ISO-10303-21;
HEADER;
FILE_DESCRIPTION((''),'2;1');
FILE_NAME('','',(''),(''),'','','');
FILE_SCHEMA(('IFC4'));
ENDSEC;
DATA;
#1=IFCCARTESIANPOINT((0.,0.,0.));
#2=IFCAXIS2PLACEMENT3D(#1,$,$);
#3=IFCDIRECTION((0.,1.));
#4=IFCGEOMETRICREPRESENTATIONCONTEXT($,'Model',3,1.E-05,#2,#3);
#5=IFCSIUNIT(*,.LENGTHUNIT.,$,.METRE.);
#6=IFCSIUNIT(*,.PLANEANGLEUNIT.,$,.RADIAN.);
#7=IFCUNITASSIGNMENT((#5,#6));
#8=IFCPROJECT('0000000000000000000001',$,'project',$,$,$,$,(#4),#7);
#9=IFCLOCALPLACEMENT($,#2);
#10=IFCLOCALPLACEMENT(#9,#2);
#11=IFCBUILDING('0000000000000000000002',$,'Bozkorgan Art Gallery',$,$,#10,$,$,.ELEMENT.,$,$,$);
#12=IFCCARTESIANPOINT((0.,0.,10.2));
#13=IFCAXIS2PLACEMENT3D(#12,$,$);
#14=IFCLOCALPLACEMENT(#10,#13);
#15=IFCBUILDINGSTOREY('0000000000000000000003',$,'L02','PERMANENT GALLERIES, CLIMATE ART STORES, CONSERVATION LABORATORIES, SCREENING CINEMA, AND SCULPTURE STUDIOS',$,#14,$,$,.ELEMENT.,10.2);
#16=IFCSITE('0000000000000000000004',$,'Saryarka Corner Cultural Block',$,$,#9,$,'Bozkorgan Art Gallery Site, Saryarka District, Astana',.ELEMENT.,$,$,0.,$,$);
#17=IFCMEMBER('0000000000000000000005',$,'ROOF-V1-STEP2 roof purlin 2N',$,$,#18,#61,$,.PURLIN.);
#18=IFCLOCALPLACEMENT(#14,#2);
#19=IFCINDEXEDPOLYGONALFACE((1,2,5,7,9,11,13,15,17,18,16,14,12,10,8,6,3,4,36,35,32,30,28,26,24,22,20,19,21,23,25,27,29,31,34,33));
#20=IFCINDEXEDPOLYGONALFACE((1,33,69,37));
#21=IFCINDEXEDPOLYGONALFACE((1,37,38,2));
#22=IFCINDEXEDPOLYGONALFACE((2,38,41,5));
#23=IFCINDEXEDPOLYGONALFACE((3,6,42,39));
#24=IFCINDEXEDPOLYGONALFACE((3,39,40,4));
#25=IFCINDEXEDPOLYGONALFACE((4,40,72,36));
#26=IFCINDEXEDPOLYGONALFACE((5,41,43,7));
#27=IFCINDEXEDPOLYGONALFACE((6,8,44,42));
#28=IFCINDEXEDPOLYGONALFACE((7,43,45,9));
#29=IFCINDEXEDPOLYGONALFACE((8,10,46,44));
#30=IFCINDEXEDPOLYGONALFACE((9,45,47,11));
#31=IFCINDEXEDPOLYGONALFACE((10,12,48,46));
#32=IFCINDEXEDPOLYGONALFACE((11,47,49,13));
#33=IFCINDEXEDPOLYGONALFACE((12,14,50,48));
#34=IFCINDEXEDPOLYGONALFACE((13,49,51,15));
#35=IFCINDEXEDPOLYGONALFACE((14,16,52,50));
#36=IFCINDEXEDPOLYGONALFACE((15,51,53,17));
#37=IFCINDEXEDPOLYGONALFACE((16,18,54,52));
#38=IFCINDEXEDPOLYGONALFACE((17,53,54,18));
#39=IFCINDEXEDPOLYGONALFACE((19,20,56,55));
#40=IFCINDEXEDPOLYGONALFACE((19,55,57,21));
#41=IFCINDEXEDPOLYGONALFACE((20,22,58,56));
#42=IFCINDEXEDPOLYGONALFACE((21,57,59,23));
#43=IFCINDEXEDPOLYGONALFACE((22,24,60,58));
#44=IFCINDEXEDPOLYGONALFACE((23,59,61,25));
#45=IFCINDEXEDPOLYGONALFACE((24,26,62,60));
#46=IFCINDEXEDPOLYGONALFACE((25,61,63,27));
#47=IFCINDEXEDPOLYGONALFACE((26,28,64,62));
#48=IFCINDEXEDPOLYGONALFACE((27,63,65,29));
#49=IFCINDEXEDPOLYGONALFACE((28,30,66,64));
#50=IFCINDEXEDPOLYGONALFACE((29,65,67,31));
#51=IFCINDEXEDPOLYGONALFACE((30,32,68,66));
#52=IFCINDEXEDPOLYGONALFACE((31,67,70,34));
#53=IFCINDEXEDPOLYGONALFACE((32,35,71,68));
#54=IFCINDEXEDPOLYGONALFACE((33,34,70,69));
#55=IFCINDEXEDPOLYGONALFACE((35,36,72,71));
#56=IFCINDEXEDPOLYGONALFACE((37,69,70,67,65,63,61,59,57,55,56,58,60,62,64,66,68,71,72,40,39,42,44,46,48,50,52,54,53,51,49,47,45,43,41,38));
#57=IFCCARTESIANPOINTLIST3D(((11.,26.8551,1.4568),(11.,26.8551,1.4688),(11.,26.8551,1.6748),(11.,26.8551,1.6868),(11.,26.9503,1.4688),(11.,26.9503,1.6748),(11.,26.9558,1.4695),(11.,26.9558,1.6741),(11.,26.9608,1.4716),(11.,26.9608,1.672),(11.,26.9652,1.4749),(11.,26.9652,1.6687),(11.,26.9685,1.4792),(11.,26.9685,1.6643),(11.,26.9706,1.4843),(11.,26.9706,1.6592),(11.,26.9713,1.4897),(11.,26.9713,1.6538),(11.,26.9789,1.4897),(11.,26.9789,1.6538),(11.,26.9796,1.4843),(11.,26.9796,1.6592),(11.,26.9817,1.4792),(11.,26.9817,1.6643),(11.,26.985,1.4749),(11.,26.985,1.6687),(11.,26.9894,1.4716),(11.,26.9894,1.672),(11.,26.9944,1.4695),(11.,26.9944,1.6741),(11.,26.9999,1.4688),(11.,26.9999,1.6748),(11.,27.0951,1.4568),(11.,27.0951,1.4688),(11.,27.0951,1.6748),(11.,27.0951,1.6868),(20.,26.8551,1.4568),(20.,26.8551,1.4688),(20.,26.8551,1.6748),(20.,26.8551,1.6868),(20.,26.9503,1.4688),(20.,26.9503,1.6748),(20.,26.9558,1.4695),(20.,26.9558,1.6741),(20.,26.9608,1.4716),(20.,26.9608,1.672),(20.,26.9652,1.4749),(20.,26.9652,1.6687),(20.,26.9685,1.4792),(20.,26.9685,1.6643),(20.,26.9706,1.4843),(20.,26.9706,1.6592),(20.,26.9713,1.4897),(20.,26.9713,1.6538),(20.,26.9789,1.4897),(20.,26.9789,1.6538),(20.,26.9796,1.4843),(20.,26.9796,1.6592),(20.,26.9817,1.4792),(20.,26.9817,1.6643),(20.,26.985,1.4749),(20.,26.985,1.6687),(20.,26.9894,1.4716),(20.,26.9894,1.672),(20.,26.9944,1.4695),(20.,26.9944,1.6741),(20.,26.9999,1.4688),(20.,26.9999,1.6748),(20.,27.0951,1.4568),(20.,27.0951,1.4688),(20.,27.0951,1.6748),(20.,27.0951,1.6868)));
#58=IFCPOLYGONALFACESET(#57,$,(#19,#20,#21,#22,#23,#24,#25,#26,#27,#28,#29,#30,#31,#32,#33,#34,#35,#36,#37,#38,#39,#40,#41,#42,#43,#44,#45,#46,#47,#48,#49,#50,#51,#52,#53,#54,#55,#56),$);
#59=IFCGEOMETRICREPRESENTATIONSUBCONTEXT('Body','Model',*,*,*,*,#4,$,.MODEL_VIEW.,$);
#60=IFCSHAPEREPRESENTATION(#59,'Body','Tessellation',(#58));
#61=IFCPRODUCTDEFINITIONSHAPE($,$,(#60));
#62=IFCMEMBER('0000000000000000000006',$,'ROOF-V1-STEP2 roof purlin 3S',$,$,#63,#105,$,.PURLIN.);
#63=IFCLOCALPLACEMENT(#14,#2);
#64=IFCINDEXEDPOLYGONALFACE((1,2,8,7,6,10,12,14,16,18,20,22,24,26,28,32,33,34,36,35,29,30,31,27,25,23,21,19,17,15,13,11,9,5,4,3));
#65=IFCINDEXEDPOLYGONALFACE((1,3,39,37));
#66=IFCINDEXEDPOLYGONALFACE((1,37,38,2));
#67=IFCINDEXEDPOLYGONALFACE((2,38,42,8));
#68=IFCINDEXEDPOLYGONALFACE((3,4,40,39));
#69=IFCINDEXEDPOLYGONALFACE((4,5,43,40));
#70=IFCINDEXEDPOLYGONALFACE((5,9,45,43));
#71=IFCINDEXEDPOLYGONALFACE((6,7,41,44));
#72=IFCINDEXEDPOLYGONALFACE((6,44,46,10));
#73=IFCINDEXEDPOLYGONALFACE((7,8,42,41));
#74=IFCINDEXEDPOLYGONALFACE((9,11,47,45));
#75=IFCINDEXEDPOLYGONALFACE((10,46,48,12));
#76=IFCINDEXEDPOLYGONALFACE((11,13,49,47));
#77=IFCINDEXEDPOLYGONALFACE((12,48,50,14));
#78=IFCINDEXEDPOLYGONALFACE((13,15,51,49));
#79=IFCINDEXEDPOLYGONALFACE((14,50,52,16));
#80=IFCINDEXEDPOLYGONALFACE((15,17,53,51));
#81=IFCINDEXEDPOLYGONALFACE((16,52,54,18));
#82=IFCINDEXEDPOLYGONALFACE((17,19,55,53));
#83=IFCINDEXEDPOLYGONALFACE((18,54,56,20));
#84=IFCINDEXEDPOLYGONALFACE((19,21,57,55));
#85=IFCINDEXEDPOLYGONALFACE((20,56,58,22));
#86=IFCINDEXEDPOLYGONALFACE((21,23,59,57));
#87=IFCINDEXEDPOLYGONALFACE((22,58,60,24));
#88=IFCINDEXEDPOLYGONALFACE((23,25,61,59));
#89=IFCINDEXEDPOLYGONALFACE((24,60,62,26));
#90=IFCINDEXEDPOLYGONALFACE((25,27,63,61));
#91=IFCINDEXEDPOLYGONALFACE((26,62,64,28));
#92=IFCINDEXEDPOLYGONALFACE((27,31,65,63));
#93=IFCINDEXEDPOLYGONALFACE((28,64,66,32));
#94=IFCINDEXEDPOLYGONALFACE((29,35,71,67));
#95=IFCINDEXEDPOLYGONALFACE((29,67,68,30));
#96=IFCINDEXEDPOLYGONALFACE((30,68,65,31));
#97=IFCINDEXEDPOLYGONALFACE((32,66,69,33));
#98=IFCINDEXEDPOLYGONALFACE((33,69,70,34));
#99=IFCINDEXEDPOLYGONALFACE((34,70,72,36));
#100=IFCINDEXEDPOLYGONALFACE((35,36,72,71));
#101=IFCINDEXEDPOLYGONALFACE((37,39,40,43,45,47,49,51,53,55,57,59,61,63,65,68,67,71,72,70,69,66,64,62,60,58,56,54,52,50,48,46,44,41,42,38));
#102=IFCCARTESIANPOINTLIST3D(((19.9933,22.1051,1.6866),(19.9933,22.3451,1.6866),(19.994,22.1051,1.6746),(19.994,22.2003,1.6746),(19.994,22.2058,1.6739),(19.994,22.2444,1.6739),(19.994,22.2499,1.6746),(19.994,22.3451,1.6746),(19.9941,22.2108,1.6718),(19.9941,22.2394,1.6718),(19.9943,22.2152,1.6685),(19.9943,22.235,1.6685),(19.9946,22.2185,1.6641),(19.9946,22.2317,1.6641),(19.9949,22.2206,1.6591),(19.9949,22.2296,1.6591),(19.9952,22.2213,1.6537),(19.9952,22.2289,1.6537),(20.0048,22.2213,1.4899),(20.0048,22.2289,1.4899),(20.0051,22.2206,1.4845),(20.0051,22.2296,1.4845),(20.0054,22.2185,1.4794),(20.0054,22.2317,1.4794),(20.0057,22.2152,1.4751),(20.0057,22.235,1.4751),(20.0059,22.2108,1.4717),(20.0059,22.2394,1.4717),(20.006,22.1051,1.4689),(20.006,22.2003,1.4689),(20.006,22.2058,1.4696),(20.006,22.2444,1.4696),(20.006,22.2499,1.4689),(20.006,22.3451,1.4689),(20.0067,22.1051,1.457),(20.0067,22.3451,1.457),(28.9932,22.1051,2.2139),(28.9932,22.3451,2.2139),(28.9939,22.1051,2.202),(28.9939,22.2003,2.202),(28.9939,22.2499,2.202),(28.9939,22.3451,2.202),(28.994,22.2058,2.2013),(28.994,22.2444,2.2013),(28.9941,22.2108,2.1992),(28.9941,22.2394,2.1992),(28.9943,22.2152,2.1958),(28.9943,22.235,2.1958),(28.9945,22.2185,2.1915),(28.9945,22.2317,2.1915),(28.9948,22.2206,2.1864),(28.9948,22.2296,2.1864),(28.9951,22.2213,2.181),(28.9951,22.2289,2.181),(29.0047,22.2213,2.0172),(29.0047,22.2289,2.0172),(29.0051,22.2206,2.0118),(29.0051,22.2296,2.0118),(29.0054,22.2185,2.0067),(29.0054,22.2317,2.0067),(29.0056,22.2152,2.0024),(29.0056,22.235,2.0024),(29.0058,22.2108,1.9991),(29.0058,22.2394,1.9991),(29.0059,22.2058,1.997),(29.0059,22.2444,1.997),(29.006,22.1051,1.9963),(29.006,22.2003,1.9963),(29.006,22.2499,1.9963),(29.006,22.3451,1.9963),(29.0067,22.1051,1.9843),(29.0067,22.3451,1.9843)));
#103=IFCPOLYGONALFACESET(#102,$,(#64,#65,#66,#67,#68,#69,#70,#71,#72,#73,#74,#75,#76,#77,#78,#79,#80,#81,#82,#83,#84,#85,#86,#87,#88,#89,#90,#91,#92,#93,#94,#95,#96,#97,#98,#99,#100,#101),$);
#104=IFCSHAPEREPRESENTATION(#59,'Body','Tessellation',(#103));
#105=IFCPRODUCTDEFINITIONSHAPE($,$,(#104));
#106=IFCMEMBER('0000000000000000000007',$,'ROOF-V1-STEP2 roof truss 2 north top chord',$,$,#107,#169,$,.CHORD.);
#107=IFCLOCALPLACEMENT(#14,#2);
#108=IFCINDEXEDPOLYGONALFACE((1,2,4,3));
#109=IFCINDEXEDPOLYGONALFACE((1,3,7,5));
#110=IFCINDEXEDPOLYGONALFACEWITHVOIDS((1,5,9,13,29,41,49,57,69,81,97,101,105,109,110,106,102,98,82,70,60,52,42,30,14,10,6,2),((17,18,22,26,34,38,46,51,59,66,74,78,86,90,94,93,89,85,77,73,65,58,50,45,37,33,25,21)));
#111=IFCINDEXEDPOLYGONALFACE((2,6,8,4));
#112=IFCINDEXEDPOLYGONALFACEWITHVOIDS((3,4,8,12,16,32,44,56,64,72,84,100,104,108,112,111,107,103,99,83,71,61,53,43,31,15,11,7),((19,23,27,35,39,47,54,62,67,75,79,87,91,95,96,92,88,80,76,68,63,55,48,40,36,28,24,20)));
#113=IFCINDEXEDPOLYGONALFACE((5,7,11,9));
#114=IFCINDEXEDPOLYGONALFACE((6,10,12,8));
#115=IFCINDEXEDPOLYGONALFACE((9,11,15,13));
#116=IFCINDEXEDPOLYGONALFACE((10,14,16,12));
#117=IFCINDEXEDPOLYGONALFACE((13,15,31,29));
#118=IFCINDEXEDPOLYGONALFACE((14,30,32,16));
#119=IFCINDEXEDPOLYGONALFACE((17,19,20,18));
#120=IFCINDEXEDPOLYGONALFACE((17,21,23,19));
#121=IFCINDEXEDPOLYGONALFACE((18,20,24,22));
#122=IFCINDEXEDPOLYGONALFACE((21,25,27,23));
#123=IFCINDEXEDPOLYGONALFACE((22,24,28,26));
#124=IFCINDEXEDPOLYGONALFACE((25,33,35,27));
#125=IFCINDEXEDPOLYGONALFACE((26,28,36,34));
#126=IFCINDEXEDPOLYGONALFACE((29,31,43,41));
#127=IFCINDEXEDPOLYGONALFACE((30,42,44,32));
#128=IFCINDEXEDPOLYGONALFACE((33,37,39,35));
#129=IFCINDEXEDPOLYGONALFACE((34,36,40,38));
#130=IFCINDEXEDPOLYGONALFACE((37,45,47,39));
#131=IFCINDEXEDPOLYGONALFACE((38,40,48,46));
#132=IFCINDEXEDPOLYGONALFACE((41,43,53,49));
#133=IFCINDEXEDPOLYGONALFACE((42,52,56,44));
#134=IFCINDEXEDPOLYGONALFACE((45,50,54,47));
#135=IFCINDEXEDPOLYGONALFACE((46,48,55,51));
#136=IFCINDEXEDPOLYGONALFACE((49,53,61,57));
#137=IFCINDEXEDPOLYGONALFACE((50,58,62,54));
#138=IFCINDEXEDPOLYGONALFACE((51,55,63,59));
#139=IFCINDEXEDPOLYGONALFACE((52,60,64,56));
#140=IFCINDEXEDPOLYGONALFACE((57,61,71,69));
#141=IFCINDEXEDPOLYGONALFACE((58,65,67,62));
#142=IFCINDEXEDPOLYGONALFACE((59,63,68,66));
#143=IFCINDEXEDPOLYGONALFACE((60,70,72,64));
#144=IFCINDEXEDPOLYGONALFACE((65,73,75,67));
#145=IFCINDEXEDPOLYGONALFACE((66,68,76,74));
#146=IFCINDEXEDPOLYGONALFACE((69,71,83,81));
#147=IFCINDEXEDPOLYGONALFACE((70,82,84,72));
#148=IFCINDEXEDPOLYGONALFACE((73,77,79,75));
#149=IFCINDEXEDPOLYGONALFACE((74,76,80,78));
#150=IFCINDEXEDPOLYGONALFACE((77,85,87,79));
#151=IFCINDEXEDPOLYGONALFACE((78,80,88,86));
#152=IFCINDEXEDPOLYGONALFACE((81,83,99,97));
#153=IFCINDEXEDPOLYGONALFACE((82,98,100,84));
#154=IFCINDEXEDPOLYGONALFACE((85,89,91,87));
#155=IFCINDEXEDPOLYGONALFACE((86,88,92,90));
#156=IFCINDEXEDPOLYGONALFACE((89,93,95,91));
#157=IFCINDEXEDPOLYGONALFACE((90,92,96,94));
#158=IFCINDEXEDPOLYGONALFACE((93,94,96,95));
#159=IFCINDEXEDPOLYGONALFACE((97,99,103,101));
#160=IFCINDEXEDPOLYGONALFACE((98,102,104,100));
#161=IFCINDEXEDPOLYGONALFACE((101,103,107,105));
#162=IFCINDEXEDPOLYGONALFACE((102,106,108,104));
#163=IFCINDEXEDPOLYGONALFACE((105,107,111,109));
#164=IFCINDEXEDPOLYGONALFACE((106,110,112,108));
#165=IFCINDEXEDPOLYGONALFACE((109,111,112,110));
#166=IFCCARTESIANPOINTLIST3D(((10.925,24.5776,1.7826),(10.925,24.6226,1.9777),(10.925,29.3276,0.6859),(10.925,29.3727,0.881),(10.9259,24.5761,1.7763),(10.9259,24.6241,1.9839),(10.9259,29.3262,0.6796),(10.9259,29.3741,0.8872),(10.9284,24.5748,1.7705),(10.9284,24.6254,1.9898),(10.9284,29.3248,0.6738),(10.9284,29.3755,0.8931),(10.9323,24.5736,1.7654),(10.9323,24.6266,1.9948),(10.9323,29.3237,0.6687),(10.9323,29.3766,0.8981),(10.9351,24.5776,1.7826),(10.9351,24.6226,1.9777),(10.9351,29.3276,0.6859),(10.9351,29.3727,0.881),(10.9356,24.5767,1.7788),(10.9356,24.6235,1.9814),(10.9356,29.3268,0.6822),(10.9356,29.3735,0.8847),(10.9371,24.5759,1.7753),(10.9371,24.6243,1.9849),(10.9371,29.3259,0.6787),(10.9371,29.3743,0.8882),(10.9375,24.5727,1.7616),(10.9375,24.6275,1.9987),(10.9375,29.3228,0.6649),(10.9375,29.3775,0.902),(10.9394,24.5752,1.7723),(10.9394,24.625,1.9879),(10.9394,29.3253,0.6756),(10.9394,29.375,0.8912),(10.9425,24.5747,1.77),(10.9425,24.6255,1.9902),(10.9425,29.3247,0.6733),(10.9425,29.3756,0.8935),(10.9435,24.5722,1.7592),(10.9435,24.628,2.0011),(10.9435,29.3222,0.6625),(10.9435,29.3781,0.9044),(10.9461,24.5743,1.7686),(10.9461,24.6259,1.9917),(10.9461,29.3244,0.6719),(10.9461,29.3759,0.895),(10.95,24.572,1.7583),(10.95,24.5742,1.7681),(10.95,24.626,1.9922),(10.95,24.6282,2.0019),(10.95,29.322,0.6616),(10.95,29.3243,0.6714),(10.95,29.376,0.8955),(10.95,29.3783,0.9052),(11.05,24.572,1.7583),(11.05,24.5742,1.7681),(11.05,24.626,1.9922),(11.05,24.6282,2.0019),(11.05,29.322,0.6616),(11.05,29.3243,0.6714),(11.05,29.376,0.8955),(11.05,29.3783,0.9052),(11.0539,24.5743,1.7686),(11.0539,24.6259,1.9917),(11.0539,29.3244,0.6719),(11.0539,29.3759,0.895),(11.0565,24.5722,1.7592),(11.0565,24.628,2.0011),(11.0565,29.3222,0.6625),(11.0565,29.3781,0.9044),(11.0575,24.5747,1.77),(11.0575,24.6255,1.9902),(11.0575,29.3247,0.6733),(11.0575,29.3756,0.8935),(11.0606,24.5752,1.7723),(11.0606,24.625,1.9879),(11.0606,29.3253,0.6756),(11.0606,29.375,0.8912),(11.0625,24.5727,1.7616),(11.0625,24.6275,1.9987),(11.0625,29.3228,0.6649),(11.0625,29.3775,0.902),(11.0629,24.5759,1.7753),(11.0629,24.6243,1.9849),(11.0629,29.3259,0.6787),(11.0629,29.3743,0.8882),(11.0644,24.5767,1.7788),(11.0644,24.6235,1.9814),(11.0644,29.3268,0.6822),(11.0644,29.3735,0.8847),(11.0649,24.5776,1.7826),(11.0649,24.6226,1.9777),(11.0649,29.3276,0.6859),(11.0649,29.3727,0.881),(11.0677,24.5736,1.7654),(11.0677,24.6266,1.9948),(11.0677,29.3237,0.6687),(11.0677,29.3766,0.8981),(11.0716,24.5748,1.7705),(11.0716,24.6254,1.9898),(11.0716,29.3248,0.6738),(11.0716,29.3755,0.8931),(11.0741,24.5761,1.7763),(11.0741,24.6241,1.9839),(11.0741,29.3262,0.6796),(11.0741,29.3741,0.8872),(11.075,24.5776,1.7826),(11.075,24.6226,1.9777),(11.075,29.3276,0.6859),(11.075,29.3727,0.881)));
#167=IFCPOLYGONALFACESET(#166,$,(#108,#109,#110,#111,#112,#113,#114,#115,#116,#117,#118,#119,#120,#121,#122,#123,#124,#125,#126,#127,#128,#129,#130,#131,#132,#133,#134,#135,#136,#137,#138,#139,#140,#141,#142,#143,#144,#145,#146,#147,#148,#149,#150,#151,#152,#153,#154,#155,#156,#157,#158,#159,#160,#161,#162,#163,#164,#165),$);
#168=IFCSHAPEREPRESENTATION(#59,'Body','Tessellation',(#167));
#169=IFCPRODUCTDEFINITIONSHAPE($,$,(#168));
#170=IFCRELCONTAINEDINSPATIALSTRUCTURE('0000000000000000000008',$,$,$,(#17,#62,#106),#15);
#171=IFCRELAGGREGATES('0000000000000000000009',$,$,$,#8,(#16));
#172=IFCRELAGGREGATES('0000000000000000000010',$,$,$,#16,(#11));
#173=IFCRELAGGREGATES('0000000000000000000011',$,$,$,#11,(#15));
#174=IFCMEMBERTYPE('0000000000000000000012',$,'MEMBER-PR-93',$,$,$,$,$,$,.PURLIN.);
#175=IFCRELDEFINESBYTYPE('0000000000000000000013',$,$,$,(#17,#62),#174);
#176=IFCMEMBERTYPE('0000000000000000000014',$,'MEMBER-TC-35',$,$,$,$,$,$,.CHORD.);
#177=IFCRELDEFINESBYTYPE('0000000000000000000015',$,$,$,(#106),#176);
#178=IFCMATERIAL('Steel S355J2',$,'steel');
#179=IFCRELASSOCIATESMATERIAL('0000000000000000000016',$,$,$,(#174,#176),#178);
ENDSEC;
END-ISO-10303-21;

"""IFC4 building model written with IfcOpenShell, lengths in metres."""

from ifc_helpers import new_model, si_unit, direction, frame, origin, origin_2d, place, context, subcontext, project, spatial, hollow_rectangle, i_section, extrude, material, material_profile, profile_set, type_object, element, save


model = new_model("IFC4")

# Units and contexts
model_context = context("Model", 3, precision=1e-05, world=origin(), true_north=direction((0.0, 1.0)))
body_context = subcontext(model_context, "Body", "Model", "MODEL_VIEW")
ifc_project = project(units=[si_unit("LENGTHUNIT", "METRE"), si_unit("PLANEANGLEUNIT", "RADIAN")], contexts=[model_context])

# Site, building, storey
site_placement = place(None, origin())
site = spatial("IfcSite", under=ifc_project, at=site_placement, Name="Saryarka Corner Cultural Block", LongName="Bozkorgan Art Gallery Site, Saryarka District, Astana", CompositionType="ELEMENT", RefElevation=0.0)
building_placement = place(site_placement, origin())
building = spatial("IfcBuilding", under=site, at=building_placement, Name="Bozkorgan Art Gallery", CompositionType="ELEMENT")
storey_placement = place(building_placement, frame((0.0, 0.0, 10.2)))
storey = spatial("IfcBuildingStorey", under=building, at=storey_placement, Name="L02", Description="PERMANENT GALLERIES, CLIMATE ART STORES, CONSERVATION LABORATORIES, SCREENING CINEMA, AND SCULPTURE STUDIOS", CompositionType="ELEMENT", Elevation=10.2)

# Members
ifc_material_1 = material(Name="Steel S355J2", Category="steel")
ifc_material_profile_1 = material_profile(ifc_material_1, i_section(OverallWidth=0.24, OverallDepth=0.23, WebThickness=0.0076, FlangeThickness=0.012, FilletRadius=0.021, at=origin_2d()), Name="HEA 240")
ifc_profile_set_1 = profile_set([ifc_material_profile_1], Name="Steel S355J2")
member_type_1 = type_object("IfcMemberType", Name="MEMBER-PR-93", PredefinedType="PURLIN", material=ifc_profile_set_1)
member_1_placement = place(storey_placement, frame((11.0, 26.9751, 1.5718), z_axis=(1.0, 0.0, 0.0), x_axis=(0.0, 1.0, 0.0)))
element("IfcMember", 1, at=member_1_placement, inside=storey, type_object=member_type_1, Name="ROOF-V1-STEP2 roof purlin 2N", PredefinedType="PURLIN", context=body_context, shape_type="SweptSolid", body=[
    extrude(i_section(OverallWidth=0.24, OverallDepth=0.23, WebThickness=0.0076, FlangeThickness=0.012, FilletRadius=0.021, at=origin_2d()), origin(), (0.0, 0.0, 1.0), 9.0),
])
member_2_placement = place(storey_placement, frame((20.0, 22.2251, 1.5718), z_axis=(0.998288, 0.0, 0.058493), x_axis=(0.0, 1.0, 0.0)))
element("IfcMember", 2, at=member_2_placement, inside=storey, type_object=member_type_1, Name="ROOF-V1-STEP2 roof purlin 3S", PredefinedType="PURLIN", context=body_context, shape_type="SweptSolid", body=[
    extrude(i_section(OverallWidth=0.24, OverallDepth=0.23, WebThickness=0.0076, FlangeThickness=0.012, FilletRadius=0.021, at=origin_2d()), origin(), (0.0, 0.0, 1.0), 9.0154),
])
ifc_material_profile_2 = material_profile(ifc_material_1, hollow_rectangle(XDim=0.1499, YDim=0.25, WallThickness=0.01, InnerFilletRadius=0.0149, OuterFilletRadius=0.0249, at=origin_2d()), Name="RHS 250x150x10")
ifc_profile_set_2 = profile_set([ifc_material_profile_2], Name="Steel S355J2")
member_type_2 = type_object("IfcMemberType", Name="MEMBER-TC-35", PredefinedType="CHORD", material=ifc_profile_set_2)
for number, where, z_axis, x_axis, name in (
    (3, (11.0, 24.6001, 1.8801), (0.0, 0.974368, -0.224962), (-1.0, 0.0, 0.0), "ROOF-V1-STEP2 roof truss 2 north top chord"),
):
    element("IfcMember", number, at=place(storey_placement, frame(where, z_axis=z_axis, x_axis=x_axis)), inside=storey, type_object=member_type_2, Name=name, PredefinedType="CHORD", context=body_context, shape_type="SweptSolid", body=[
        extrude(hollow_rectangle(XDim=0.1499, YDim=0.25, WallThickness=0.01, InnerFilletRadius=0.0149, OuterFilletRadius=0.0249, at=origin_2d()), origin(), (0.0, 0.0, 1.0), 4.875),
    ])

save(model, "model.ifc")
